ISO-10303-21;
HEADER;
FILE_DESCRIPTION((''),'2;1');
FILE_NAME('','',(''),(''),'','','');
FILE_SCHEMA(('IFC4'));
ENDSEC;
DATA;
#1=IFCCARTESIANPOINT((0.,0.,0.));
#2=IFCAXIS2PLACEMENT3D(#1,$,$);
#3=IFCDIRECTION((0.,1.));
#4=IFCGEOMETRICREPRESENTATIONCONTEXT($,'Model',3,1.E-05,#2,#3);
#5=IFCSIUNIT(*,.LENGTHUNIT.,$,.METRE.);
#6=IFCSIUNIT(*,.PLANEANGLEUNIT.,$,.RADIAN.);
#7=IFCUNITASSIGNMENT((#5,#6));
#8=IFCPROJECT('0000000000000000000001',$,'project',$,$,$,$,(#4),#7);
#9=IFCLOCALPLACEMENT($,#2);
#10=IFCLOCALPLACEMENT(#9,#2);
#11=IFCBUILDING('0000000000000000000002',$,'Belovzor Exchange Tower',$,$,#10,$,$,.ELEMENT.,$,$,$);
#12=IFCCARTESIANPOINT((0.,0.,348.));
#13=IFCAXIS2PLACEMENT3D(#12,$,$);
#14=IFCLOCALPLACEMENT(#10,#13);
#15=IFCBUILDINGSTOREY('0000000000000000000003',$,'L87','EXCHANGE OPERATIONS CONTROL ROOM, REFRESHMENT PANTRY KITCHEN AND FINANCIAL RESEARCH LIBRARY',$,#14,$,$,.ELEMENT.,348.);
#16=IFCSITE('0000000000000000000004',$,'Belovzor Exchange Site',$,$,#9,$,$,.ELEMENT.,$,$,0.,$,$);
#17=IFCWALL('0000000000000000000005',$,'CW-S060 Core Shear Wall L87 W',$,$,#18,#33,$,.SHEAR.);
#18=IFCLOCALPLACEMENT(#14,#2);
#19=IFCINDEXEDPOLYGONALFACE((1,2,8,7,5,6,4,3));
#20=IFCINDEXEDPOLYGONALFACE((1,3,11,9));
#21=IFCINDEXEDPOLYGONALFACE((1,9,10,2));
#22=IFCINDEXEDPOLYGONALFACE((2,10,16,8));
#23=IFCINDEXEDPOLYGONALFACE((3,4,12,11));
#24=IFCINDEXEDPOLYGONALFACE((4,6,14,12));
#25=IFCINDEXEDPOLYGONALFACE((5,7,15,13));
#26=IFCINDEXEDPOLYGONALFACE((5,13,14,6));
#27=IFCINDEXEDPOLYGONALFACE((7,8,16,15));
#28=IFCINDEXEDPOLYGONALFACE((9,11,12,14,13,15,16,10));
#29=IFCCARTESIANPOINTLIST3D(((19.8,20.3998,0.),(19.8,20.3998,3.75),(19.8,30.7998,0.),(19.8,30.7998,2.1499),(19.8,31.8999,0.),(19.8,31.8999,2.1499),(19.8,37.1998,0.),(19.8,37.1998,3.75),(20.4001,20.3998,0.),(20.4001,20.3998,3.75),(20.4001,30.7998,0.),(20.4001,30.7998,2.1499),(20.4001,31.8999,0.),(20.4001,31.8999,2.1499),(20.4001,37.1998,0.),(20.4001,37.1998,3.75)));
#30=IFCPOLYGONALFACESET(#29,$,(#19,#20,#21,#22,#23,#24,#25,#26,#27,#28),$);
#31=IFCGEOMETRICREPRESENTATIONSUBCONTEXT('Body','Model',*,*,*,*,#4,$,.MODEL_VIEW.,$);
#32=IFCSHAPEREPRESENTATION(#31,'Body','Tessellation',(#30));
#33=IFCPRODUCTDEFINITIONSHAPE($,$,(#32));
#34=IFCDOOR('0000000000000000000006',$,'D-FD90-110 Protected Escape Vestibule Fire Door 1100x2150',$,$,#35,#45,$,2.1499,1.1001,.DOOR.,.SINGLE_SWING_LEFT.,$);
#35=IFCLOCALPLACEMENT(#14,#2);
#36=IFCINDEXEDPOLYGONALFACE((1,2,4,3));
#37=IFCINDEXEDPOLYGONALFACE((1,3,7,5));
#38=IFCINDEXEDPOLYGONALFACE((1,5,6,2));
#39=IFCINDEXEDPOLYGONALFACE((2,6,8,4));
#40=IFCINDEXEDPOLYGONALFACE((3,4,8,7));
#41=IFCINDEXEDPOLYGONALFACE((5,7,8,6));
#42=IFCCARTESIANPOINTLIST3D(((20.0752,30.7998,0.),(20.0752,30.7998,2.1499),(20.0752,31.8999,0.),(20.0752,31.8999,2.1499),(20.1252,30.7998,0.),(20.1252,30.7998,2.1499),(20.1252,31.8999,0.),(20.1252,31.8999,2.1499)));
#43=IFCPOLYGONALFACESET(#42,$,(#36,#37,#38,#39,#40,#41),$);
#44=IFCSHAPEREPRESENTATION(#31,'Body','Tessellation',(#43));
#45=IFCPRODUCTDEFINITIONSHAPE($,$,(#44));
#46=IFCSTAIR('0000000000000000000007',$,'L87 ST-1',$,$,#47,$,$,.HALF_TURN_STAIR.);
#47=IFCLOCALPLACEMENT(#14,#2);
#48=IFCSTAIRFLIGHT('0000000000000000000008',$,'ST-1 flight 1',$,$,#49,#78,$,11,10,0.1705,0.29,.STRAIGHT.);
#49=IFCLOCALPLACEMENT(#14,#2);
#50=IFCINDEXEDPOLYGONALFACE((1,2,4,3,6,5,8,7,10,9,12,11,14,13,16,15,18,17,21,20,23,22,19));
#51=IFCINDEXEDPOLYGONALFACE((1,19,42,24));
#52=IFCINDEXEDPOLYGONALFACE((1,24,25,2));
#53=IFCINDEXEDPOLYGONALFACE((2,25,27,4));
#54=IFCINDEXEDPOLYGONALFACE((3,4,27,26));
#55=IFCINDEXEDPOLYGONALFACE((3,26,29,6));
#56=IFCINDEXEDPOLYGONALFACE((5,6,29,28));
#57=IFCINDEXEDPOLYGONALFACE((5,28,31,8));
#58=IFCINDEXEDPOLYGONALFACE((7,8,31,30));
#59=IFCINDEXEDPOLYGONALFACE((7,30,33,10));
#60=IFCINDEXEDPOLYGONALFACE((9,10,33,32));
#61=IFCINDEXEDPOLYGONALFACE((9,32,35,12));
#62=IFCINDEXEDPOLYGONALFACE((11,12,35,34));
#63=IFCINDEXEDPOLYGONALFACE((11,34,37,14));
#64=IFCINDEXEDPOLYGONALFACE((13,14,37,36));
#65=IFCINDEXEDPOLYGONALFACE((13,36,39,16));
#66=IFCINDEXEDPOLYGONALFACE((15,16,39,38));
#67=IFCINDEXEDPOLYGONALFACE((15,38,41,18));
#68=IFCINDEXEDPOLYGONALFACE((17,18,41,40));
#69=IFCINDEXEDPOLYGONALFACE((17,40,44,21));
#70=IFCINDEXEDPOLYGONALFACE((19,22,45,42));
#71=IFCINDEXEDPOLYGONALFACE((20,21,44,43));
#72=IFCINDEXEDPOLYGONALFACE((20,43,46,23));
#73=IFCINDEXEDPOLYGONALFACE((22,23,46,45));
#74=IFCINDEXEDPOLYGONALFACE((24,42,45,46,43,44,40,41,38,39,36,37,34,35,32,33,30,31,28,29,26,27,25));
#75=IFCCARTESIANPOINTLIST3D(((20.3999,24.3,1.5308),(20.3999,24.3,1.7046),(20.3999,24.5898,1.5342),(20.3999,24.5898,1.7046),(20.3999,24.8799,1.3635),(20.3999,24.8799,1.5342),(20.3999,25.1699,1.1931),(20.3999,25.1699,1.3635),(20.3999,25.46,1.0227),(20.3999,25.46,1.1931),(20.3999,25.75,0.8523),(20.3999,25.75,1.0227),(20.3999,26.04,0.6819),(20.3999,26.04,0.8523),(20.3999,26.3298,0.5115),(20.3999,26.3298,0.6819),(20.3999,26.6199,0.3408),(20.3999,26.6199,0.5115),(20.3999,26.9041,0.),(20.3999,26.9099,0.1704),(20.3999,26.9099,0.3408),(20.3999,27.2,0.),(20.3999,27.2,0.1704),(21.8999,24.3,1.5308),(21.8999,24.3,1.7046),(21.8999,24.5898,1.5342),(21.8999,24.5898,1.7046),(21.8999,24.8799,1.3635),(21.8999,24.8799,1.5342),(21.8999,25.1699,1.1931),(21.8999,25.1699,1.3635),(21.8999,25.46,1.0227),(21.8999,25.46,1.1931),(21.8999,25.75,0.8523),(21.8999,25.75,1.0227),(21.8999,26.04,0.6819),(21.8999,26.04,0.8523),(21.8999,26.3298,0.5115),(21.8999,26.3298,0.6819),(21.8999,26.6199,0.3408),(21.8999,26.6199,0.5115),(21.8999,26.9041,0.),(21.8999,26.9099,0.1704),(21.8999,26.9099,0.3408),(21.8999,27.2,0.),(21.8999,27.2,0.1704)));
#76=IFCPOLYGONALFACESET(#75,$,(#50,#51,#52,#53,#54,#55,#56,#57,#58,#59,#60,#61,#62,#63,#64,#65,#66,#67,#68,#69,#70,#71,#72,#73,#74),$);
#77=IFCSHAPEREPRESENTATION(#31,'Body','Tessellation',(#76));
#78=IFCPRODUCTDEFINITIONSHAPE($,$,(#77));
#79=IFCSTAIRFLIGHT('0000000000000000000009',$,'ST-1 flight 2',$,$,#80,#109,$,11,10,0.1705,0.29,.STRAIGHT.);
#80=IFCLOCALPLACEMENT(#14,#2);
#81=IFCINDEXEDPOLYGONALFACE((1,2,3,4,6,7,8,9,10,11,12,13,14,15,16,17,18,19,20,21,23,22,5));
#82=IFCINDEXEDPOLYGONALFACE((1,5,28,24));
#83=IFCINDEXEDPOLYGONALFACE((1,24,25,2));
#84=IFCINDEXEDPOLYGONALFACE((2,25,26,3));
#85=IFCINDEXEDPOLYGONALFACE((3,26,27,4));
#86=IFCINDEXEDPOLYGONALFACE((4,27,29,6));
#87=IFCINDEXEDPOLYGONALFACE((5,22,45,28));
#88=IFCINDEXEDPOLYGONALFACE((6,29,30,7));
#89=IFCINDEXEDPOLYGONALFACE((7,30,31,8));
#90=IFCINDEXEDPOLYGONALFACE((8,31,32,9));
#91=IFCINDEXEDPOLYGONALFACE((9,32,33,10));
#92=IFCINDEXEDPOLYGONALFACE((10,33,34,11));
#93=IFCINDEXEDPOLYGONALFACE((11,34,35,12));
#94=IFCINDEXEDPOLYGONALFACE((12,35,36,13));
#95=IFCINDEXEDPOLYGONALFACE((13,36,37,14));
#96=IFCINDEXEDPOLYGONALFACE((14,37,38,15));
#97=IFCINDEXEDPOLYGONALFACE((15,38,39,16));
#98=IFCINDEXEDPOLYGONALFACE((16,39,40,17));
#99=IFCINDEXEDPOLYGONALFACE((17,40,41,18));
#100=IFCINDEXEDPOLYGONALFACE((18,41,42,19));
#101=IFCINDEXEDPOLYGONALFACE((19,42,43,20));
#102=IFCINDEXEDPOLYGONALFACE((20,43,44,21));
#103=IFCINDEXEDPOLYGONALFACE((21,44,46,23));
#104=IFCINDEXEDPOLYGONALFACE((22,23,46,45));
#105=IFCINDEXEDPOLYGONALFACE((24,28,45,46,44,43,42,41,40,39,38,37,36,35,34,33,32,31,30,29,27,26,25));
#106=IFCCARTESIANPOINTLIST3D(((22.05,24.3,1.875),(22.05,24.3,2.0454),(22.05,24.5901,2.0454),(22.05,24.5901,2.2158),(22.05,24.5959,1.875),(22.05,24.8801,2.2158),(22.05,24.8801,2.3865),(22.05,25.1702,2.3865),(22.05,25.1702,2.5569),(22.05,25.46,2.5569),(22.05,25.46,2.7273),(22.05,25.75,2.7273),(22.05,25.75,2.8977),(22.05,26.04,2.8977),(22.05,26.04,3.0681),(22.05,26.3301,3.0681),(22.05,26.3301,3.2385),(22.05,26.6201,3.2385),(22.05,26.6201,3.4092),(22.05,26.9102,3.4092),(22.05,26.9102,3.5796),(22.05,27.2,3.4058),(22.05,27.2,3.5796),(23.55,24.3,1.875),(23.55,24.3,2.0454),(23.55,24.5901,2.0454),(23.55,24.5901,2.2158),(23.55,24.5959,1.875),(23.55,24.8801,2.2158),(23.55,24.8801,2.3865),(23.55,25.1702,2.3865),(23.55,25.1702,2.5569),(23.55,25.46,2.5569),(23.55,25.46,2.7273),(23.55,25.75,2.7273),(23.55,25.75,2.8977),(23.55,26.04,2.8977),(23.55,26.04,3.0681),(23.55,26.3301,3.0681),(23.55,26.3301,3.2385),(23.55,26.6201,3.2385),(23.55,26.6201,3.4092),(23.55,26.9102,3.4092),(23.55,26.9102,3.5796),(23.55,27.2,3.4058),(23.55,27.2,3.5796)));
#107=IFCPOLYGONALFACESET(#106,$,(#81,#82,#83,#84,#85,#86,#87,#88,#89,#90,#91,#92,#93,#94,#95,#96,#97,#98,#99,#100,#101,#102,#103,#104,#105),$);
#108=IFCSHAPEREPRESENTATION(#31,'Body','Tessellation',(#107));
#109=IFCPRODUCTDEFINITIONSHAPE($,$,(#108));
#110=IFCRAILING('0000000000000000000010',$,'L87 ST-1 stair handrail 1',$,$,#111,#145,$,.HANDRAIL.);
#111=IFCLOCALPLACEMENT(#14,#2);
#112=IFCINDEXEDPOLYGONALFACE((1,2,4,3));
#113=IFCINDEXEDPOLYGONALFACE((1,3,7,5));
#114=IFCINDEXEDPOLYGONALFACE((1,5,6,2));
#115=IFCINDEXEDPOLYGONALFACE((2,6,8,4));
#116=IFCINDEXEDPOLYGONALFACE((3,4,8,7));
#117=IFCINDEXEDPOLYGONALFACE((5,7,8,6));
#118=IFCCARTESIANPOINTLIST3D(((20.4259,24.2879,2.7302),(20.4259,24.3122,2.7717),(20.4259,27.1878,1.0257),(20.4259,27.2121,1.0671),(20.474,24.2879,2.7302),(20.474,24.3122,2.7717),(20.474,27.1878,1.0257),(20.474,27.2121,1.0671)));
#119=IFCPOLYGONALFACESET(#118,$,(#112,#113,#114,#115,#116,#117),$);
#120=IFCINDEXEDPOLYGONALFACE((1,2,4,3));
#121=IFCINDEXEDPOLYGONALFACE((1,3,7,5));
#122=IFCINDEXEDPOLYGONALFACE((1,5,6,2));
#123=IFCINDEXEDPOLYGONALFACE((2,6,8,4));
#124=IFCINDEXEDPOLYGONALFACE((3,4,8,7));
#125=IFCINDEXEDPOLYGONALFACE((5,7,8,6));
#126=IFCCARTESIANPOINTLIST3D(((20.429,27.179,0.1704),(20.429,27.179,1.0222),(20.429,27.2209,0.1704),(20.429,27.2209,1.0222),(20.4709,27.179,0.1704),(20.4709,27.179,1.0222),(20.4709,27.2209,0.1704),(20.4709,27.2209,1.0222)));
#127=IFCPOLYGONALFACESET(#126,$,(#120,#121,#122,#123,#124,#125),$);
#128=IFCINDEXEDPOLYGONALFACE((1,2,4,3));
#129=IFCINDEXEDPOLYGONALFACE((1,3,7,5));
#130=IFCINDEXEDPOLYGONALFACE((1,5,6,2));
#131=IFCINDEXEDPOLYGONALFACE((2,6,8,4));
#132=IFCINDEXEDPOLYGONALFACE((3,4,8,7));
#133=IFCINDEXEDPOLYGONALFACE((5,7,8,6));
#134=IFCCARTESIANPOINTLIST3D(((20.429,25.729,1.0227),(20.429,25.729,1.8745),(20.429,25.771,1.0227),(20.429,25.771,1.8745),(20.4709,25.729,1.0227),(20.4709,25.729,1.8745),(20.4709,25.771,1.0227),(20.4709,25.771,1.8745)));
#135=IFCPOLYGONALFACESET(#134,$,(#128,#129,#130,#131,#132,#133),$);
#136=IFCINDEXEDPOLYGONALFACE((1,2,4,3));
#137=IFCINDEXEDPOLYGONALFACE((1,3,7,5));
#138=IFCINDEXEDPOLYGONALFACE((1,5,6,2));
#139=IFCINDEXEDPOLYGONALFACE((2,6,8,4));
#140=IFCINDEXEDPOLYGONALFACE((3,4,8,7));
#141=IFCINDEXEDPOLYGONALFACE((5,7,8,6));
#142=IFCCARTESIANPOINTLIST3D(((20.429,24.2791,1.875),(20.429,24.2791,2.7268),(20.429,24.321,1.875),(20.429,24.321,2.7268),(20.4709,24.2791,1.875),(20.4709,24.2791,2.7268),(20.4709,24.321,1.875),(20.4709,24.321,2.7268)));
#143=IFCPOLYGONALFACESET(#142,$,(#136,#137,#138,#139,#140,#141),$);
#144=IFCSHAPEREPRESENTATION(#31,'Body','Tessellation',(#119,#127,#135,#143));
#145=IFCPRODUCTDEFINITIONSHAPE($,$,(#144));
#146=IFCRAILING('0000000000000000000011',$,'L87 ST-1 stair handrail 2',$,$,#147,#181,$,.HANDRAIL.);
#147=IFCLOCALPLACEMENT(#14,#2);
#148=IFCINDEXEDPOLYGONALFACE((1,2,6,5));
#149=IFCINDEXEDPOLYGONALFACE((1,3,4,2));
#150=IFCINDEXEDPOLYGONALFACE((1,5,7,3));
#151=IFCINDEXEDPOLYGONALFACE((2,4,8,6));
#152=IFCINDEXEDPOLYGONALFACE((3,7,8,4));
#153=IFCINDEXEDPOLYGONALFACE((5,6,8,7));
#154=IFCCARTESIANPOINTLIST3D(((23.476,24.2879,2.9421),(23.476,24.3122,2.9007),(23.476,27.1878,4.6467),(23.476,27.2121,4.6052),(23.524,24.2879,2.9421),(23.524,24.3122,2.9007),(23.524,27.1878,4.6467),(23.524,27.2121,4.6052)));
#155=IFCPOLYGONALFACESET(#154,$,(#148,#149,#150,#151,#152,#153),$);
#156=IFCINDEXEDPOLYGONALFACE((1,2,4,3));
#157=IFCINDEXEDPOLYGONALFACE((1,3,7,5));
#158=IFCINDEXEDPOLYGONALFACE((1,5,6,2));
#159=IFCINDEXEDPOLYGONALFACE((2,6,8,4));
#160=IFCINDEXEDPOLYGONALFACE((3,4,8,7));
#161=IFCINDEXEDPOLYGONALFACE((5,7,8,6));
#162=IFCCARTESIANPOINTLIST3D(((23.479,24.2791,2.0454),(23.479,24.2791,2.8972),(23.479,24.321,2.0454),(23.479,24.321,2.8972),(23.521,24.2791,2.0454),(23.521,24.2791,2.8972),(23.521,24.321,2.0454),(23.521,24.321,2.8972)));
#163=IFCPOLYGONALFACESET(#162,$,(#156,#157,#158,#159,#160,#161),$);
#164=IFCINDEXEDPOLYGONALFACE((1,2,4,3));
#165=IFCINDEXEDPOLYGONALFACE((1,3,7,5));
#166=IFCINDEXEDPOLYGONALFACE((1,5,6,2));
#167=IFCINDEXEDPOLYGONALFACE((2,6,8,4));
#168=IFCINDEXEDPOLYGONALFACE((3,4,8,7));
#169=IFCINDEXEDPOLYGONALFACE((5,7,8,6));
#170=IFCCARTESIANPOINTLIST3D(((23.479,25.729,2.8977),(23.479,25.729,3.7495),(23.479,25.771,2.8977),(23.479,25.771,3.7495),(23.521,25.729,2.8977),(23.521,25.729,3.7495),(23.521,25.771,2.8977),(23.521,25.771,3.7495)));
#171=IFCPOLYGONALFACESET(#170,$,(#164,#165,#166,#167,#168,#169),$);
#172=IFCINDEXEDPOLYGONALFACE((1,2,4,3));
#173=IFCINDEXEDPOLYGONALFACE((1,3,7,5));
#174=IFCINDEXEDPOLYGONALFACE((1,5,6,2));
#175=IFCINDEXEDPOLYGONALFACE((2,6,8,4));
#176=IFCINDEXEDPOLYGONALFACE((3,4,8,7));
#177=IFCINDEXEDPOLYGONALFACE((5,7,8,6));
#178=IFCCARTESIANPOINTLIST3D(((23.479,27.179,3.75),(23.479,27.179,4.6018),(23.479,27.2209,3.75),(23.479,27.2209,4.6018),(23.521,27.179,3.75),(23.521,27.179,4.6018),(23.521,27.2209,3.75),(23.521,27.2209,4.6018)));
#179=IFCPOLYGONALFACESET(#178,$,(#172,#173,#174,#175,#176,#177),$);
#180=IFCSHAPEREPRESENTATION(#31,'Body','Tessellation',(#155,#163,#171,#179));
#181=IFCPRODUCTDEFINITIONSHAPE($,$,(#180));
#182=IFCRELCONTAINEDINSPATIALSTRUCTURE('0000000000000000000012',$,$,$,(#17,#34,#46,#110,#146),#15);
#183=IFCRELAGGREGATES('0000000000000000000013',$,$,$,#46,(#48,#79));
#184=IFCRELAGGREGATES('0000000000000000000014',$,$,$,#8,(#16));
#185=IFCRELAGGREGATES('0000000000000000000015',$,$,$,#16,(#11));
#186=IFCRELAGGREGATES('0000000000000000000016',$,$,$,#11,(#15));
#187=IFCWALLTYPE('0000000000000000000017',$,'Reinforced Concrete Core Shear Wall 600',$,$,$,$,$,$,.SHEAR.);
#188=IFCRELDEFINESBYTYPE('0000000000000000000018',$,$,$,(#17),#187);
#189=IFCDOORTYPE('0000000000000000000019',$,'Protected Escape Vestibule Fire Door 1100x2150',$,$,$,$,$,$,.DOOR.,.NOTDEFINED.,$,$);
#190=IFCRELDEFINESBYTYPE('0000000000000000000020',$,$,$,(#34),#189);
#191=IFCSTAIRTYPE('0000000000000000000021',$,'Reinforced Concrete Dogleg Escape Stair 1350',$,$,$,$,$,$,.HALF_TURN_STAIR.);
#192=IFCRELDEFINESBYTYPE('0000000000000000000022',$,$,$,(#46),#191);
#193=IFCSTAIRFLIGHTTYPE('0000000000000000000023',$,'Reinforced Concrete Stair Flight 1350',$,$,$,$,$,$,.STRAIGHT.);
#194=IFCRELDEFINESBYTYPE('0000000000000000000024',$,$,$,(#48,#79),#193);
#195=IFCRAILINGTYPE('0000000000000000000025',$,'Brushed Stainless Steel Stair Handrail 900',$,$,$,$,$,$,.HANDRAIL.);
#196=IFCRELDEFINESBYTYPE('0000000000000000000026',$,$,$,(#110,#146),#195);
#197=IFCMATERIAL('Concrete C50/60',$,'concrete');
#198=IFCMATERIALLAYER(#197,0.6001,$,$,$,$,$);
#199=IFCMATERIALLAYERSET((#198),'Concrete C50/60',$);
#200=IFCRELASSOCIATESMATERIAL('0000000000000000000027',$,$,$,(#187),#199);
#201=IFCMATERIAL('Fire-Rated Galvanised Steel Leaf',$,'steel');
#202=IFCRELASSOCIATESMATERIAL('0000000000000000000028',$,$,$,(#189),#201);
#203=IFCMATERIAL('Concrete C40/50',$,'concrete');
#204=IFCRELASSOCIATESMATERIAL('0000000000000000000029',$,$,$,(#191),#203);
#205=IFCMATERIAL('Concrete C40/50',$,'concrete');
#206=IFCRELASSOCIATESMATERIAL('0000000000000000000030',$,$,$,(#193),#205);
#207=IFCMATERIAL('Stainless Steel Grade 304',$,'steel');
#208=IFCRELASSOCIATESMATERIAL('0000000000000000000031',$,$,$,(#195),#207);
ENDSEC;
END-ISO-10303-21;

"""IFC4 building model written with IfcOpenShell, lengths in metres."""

from ifc_helpers import new_model, si_unit, direction, frame, frame_2d, origin, origin_2d, place, context, subcontext, project, spatial, polyline, rectangle, outline, extrude, material, layer, layer_set, type_object, element, fill, aggregate, save


model = new_model("IFC4")

# Units and contexts
model_context = context("Model", 3, precision=1e-05, world=origin(), true_north=direction((0.0, 1.0)))
body_context = subcontext(model_context, "Body", "Model", "MODEL_VIEW")
ifc_project = project(units=[si_unit("LENGTHUNIT", "METRE"), si_unit("PLANEANGLEUNIT", "RADIAN")], contexts=[model_context])

# Site, building, storey
site_placement = place(None, origin())
site = spatial("IfcSite", under=ifc_project, at=site_placement, Name="Belovzor Exchange Site", CompositionType="ELEMENT", RefElevation=0.0)
building_placement = place(site_placement, origin())
building = spatial("IfcBuilding", under=site, at=building_placement, Name="Belovzor Exchange Tower", CompositionType="ELEMENT")
storey_placement = place(building_placement, frame((0.0, 0.0, 348.0)))
storey = spatial("IfcBuildingStorey", under=building, at=storey_placement, Name="L87", Description="EXCHANGE OPERATIONS CONTROL ROOM, REFRESHMENT PANTRY KITCHEN AND FINANCIAL RESEARCH LIBRARY", CompositionType="ELEMENT", Elevation=348.0)

# Shared definitions
ifc_material_1 = material(Name="Concrete C50/60", Category="concrete")
ifc_layer_1 = layer(ifc_material_1, 0.6001)
ifc_layer_set_1 = layer_set([ifc_layer_1], Name="Concrete C50/60")
wall_type_1 = type_object("IfcWallType", Name="Reinforced Concrete Core Shear Wall 600", PredefinedType="SHEAR", material=ifc_layer_set_1)

# Wall, opening, door
wall_1_placement = place(storey_placement, frame((20.1001, 20.3999, 0.0), z_axis=(0.0, 0.0, 1.0), x_axis=(0.0, 1.0, 0.0)))
wall_1 = element("IfcWall", 1, at=wall_1_placement, inside=storey, type_object=wall_type_1, Name="CW-S060 Core Shear Wall L87 W", PredefinedType="SHEAR", context=body_context, shape_type="SweptSolid", body=[
    extrude(rectangle(XDim=16.8, YDim=0.6001, at=frame_2d((8.3999, 0.0))), origin(), (0.0, 0.0, 1.0), 3.75),
])
opening_placement = place(wall_1_placement, frame((10.3999, 0.0, 0.0)))
opening = element("IfcOpeningElement", 2, at=opening_placement, cuts=wall_1, PredefinedType="OPENING", context=body_context, shape_type="SweptSolid", body=[
    extrude(rectangle(XDim=1.1001, YDim=2.1499, at=frame_2d((0.55, 1.075))), frame((0.0, 0.3101, 0.0), z_axis=(0.0, -1.0, 0.0), x_axis=(1.0, 0.0, 0.0)), (0.0, 0.0, 1.0), 0.6201),
])
ifc_material_2 = material(Name="Fire-Rated Galvanised Steel Leaf", Category="steel")
door_type = type_object("IfcDoorType", Name="Protected Escape Vestibule Fire Door 1100x2150", OperationType="NOTDEFINED", PredefinedType="DOOR", material=ifc_material_2)
door_placement = place(opening_placement, origin())
door = element("IfcDoor", 3, at=door_placement, inside=storey, type_object=door_type, Name="D-FD90-110 Protected Escape Vestibule Fire Door 1100x2150", OperationType="SINGLE_SWING_LEFT", OverallHeight=2.1499, OverallWidth=1.1001, PredefinedType="DOOR", context=body_context, shape_type="SweptSolid", body=[
    extrude(rectangle(XDim=1.1001, YDim=2.1499, at=frame_2d((0.55, 1.075))), frame((0.0, 0.0249, 0.0), z_axis=(0.0, -1.0, 0.0), x_axis=(1.0, 0.0, 0.0)), (0.0, 0.0, 1.0), 0.05),
])
fill(opening, door)

# Stair, stair flights
ifc_material_3 = material(Name="Concrete C40/50", Category="concrete")
stair_type = type_object("IfcStairType", Name="Reinforced Concrete Dogleg Escape Stair 1350", PredefinedType="HALF_TURN_STAIR", material=ifc_material_3)
stair_placement = place(storey_placement, origin())
stair = element("IfcStair", 4, at=stair_placement, inside=storey, type_object=stair_type, Name="L87 ST-1", PredefinedType="HALF_TURN_STAIR")
ifc_material_4 = material(Name="Concrete C40/50", Category="concrete")
stair_flight_type = type_object("IfcStairFlightType", Name="Reinforced Concrete Stair Flight 1350", PredefinedType="STRAIGHT", material=ifc_material_4)
stair_flight_1_placement = place(storey_placement, frame((21.1499, 27.2, 0.0), z_axis=(0.0, 0.0, 1.0), x_axis=(0.0, -1.0, 0.0)))
stair_flight_1 = element("IfcStairFlight", 5, at=stair_flight_1_placement, type_object=stair_flight_type, Name="ST-1 flight 1", NumberOfRisers=11, NumberOfTreads=10, PredefinedType="STRAIGHT", RiserHeight=0.1705, TreadLength=0.29, context=body_context, shape_type="SweptSolid", body=[
    extrude(outline(polyline([(0.0, 0.0), (0.0, 0.1704), (0.29, 0.1704), (0.29, 0.3408), (0.5801, 0.3408), (0.5801, 0.5115), (0.8701, 0.5115), (0.8701, 0.6819), (1.1599, 0.6819), (1.1599, 0.8523), (1.45, 0.8523), (1.45, 1.0227), (1.74, 1.0227), (1.74, 1.1931), (2.03, 1.1931), (2.03, 1.3635), (2.3201, 1.3635), (2.3201, 1.5342), (2.6101, 1.5342), (2.6101, 1.7046), (2.8999, 1.7046), (2.8999, 1.875), (2.8999, 1.5308), (0.2959, 0.0), (0.0, 0.0)])), frame((0.0, 0.75, 0.0), z_axis=(0.0, -1.0, 0.0), x_axis=(1.0, 0.0, 0.0)), (0.0, 0.0, 1.0), 1.5),
])
stair_flight_2_placement = place(storey_placement, frame((22.8, 24.3, 1.875), z_axis=(0.0, 0.0, 1.0), x_axis=(0.0, 1.0, 0.0)))
stair_flight_2 = element("IfcStairFlight", 6, at=stair_flight_2_placement, type_object=stair_flight_type, Name="ST-1 flight 2", NumberOfRisers=11, NumberOfTreads=10, PredefinedType="STRAIGHT", RiserHeight=0.1705, TreadLength=0.29, context=body_context, shape_type="SweptSolid", body=[
    extrude(outline(polyline([(0.0, 0.0), (0.0, 0.1704), (0.29, 0.1704), (0.29, 0.3408), (0.5801, 0.3408), (0.5801, 0.5115), (0.8701, 0.5115), (0.8701, 0.6819), (1.1599, 0.6819), (1.1599, 0.8523), (1.45, 0.8523), (1.45, 1.0227), (1.74, 1.0227), (1.74, 1.1931), (2.03, 1.1931), (2.03, 1.3635), (2.3201, 1.3635), (2.3201, 1.5342), (2.6101, 1.5342), (2.6101, 1.7046), (2.8999, 1.7046), (2.8999, 1.875), (2.8999, 1.5308), (0.2959, 0.0), (0.0, 0.0)])), frame((0.0, 0.75, 0.0), z_axis=(0.0, -1.0, 0.0), x_axis=(1.0, 0.0, 0.0)), (0.0, 0.0, 1.0), 1.5),
])
aggregate(stair, [stair_flight_1, stair_flight_2])

# Railings
ifc_material_5 = material(Name="Stainless Steel Grade 304", Category="steel")
railing_type_1 = type_object("IfcRailingType", Name="Brushed Stainless Steel Stair Handrail 900", PredefinedType="HANDRAIL", material=ifc_material_5)
railing_1_placement = place(storey_placement, frame((20.45, 27.2, 0.1704)))
element("IfcRailing", 7, at=railing_1_placement, inside=storey, type_object=railing_type_1, Name="L87 ST-1 stair handrail 1", PredefinedType="HANDRAIL", context=body_context, shape_type="SweptSolid", body=[
    extrude(rectangle(XDim=0.0481, YDim=0.0481, at=origin_2d()), frame((0.0, 0.0, 0.876), z_axis=(0.0, -0.862095, 0.506747), x_axis=(1.0, 0.0, 0.0)), (0.0, 0.0, 1.0), 3.3638),
    extrude(rectangle(XDim=0.042, YDim=0.042, at=origin_2d()), origin(), (0.0, 0.0, 1.0), 0.8518),
    extrude(rectangle(XDim=0.042, YDim=0.042, at=origin_2d()), frame((0.0, -1.45, 0.8523)), (0.0, 0.0, 1.0), 0.8518),
    extrude(rectangle(XDim=0.042, YDim=0.042, at=origin_2d()), frame((0.0, -2.8999, 1.7046)), (0.0, 0.0, 1.0), 0.8518),
])
railing_2_placement = place(storey_placement, frame((23.5, 24.3, 2.0454)))
element("IfcRailing", 8, at=railing_2_placement, inside=storey, type_object=railing_type_1, Name="L87 ST-1 stair handrail 2", PredefinedType="HANDRAIL", context=body_context, shape_type="SweptSolid", body=[
    extrude(rectangle(XDim=0.0481, YDim=0.0481, at=origin_2d()), frame((0.0, 0.0, 0.876), z_axis=(0.0, 0.862095, 0.506747), x_axis=(-1.0, 0.0, 0.0)), (0.0, 0.0, 1.0), 3.3638),
    extrude(rectangle(XDim=0.042, YDim=0.042, at=origin_2d()), origin(), (0.0, 0.0, 1.0), 0.8518),
    extrude(rectangle(XDim=0.042, YDim=0.042, at=origin_2d()), frame((0.0, 1.45, 0.8523)), (0.0, 0.0, 1.0), 0.8518),
    extrude(rectangle(XDim=0.042, YDim=0.042, at=origin_2d()), frame((0.0, 2.8999, 1.7046)), (0.0, 0.0, 1.0), 0.8518),
])

save(model, "model.ifc")
